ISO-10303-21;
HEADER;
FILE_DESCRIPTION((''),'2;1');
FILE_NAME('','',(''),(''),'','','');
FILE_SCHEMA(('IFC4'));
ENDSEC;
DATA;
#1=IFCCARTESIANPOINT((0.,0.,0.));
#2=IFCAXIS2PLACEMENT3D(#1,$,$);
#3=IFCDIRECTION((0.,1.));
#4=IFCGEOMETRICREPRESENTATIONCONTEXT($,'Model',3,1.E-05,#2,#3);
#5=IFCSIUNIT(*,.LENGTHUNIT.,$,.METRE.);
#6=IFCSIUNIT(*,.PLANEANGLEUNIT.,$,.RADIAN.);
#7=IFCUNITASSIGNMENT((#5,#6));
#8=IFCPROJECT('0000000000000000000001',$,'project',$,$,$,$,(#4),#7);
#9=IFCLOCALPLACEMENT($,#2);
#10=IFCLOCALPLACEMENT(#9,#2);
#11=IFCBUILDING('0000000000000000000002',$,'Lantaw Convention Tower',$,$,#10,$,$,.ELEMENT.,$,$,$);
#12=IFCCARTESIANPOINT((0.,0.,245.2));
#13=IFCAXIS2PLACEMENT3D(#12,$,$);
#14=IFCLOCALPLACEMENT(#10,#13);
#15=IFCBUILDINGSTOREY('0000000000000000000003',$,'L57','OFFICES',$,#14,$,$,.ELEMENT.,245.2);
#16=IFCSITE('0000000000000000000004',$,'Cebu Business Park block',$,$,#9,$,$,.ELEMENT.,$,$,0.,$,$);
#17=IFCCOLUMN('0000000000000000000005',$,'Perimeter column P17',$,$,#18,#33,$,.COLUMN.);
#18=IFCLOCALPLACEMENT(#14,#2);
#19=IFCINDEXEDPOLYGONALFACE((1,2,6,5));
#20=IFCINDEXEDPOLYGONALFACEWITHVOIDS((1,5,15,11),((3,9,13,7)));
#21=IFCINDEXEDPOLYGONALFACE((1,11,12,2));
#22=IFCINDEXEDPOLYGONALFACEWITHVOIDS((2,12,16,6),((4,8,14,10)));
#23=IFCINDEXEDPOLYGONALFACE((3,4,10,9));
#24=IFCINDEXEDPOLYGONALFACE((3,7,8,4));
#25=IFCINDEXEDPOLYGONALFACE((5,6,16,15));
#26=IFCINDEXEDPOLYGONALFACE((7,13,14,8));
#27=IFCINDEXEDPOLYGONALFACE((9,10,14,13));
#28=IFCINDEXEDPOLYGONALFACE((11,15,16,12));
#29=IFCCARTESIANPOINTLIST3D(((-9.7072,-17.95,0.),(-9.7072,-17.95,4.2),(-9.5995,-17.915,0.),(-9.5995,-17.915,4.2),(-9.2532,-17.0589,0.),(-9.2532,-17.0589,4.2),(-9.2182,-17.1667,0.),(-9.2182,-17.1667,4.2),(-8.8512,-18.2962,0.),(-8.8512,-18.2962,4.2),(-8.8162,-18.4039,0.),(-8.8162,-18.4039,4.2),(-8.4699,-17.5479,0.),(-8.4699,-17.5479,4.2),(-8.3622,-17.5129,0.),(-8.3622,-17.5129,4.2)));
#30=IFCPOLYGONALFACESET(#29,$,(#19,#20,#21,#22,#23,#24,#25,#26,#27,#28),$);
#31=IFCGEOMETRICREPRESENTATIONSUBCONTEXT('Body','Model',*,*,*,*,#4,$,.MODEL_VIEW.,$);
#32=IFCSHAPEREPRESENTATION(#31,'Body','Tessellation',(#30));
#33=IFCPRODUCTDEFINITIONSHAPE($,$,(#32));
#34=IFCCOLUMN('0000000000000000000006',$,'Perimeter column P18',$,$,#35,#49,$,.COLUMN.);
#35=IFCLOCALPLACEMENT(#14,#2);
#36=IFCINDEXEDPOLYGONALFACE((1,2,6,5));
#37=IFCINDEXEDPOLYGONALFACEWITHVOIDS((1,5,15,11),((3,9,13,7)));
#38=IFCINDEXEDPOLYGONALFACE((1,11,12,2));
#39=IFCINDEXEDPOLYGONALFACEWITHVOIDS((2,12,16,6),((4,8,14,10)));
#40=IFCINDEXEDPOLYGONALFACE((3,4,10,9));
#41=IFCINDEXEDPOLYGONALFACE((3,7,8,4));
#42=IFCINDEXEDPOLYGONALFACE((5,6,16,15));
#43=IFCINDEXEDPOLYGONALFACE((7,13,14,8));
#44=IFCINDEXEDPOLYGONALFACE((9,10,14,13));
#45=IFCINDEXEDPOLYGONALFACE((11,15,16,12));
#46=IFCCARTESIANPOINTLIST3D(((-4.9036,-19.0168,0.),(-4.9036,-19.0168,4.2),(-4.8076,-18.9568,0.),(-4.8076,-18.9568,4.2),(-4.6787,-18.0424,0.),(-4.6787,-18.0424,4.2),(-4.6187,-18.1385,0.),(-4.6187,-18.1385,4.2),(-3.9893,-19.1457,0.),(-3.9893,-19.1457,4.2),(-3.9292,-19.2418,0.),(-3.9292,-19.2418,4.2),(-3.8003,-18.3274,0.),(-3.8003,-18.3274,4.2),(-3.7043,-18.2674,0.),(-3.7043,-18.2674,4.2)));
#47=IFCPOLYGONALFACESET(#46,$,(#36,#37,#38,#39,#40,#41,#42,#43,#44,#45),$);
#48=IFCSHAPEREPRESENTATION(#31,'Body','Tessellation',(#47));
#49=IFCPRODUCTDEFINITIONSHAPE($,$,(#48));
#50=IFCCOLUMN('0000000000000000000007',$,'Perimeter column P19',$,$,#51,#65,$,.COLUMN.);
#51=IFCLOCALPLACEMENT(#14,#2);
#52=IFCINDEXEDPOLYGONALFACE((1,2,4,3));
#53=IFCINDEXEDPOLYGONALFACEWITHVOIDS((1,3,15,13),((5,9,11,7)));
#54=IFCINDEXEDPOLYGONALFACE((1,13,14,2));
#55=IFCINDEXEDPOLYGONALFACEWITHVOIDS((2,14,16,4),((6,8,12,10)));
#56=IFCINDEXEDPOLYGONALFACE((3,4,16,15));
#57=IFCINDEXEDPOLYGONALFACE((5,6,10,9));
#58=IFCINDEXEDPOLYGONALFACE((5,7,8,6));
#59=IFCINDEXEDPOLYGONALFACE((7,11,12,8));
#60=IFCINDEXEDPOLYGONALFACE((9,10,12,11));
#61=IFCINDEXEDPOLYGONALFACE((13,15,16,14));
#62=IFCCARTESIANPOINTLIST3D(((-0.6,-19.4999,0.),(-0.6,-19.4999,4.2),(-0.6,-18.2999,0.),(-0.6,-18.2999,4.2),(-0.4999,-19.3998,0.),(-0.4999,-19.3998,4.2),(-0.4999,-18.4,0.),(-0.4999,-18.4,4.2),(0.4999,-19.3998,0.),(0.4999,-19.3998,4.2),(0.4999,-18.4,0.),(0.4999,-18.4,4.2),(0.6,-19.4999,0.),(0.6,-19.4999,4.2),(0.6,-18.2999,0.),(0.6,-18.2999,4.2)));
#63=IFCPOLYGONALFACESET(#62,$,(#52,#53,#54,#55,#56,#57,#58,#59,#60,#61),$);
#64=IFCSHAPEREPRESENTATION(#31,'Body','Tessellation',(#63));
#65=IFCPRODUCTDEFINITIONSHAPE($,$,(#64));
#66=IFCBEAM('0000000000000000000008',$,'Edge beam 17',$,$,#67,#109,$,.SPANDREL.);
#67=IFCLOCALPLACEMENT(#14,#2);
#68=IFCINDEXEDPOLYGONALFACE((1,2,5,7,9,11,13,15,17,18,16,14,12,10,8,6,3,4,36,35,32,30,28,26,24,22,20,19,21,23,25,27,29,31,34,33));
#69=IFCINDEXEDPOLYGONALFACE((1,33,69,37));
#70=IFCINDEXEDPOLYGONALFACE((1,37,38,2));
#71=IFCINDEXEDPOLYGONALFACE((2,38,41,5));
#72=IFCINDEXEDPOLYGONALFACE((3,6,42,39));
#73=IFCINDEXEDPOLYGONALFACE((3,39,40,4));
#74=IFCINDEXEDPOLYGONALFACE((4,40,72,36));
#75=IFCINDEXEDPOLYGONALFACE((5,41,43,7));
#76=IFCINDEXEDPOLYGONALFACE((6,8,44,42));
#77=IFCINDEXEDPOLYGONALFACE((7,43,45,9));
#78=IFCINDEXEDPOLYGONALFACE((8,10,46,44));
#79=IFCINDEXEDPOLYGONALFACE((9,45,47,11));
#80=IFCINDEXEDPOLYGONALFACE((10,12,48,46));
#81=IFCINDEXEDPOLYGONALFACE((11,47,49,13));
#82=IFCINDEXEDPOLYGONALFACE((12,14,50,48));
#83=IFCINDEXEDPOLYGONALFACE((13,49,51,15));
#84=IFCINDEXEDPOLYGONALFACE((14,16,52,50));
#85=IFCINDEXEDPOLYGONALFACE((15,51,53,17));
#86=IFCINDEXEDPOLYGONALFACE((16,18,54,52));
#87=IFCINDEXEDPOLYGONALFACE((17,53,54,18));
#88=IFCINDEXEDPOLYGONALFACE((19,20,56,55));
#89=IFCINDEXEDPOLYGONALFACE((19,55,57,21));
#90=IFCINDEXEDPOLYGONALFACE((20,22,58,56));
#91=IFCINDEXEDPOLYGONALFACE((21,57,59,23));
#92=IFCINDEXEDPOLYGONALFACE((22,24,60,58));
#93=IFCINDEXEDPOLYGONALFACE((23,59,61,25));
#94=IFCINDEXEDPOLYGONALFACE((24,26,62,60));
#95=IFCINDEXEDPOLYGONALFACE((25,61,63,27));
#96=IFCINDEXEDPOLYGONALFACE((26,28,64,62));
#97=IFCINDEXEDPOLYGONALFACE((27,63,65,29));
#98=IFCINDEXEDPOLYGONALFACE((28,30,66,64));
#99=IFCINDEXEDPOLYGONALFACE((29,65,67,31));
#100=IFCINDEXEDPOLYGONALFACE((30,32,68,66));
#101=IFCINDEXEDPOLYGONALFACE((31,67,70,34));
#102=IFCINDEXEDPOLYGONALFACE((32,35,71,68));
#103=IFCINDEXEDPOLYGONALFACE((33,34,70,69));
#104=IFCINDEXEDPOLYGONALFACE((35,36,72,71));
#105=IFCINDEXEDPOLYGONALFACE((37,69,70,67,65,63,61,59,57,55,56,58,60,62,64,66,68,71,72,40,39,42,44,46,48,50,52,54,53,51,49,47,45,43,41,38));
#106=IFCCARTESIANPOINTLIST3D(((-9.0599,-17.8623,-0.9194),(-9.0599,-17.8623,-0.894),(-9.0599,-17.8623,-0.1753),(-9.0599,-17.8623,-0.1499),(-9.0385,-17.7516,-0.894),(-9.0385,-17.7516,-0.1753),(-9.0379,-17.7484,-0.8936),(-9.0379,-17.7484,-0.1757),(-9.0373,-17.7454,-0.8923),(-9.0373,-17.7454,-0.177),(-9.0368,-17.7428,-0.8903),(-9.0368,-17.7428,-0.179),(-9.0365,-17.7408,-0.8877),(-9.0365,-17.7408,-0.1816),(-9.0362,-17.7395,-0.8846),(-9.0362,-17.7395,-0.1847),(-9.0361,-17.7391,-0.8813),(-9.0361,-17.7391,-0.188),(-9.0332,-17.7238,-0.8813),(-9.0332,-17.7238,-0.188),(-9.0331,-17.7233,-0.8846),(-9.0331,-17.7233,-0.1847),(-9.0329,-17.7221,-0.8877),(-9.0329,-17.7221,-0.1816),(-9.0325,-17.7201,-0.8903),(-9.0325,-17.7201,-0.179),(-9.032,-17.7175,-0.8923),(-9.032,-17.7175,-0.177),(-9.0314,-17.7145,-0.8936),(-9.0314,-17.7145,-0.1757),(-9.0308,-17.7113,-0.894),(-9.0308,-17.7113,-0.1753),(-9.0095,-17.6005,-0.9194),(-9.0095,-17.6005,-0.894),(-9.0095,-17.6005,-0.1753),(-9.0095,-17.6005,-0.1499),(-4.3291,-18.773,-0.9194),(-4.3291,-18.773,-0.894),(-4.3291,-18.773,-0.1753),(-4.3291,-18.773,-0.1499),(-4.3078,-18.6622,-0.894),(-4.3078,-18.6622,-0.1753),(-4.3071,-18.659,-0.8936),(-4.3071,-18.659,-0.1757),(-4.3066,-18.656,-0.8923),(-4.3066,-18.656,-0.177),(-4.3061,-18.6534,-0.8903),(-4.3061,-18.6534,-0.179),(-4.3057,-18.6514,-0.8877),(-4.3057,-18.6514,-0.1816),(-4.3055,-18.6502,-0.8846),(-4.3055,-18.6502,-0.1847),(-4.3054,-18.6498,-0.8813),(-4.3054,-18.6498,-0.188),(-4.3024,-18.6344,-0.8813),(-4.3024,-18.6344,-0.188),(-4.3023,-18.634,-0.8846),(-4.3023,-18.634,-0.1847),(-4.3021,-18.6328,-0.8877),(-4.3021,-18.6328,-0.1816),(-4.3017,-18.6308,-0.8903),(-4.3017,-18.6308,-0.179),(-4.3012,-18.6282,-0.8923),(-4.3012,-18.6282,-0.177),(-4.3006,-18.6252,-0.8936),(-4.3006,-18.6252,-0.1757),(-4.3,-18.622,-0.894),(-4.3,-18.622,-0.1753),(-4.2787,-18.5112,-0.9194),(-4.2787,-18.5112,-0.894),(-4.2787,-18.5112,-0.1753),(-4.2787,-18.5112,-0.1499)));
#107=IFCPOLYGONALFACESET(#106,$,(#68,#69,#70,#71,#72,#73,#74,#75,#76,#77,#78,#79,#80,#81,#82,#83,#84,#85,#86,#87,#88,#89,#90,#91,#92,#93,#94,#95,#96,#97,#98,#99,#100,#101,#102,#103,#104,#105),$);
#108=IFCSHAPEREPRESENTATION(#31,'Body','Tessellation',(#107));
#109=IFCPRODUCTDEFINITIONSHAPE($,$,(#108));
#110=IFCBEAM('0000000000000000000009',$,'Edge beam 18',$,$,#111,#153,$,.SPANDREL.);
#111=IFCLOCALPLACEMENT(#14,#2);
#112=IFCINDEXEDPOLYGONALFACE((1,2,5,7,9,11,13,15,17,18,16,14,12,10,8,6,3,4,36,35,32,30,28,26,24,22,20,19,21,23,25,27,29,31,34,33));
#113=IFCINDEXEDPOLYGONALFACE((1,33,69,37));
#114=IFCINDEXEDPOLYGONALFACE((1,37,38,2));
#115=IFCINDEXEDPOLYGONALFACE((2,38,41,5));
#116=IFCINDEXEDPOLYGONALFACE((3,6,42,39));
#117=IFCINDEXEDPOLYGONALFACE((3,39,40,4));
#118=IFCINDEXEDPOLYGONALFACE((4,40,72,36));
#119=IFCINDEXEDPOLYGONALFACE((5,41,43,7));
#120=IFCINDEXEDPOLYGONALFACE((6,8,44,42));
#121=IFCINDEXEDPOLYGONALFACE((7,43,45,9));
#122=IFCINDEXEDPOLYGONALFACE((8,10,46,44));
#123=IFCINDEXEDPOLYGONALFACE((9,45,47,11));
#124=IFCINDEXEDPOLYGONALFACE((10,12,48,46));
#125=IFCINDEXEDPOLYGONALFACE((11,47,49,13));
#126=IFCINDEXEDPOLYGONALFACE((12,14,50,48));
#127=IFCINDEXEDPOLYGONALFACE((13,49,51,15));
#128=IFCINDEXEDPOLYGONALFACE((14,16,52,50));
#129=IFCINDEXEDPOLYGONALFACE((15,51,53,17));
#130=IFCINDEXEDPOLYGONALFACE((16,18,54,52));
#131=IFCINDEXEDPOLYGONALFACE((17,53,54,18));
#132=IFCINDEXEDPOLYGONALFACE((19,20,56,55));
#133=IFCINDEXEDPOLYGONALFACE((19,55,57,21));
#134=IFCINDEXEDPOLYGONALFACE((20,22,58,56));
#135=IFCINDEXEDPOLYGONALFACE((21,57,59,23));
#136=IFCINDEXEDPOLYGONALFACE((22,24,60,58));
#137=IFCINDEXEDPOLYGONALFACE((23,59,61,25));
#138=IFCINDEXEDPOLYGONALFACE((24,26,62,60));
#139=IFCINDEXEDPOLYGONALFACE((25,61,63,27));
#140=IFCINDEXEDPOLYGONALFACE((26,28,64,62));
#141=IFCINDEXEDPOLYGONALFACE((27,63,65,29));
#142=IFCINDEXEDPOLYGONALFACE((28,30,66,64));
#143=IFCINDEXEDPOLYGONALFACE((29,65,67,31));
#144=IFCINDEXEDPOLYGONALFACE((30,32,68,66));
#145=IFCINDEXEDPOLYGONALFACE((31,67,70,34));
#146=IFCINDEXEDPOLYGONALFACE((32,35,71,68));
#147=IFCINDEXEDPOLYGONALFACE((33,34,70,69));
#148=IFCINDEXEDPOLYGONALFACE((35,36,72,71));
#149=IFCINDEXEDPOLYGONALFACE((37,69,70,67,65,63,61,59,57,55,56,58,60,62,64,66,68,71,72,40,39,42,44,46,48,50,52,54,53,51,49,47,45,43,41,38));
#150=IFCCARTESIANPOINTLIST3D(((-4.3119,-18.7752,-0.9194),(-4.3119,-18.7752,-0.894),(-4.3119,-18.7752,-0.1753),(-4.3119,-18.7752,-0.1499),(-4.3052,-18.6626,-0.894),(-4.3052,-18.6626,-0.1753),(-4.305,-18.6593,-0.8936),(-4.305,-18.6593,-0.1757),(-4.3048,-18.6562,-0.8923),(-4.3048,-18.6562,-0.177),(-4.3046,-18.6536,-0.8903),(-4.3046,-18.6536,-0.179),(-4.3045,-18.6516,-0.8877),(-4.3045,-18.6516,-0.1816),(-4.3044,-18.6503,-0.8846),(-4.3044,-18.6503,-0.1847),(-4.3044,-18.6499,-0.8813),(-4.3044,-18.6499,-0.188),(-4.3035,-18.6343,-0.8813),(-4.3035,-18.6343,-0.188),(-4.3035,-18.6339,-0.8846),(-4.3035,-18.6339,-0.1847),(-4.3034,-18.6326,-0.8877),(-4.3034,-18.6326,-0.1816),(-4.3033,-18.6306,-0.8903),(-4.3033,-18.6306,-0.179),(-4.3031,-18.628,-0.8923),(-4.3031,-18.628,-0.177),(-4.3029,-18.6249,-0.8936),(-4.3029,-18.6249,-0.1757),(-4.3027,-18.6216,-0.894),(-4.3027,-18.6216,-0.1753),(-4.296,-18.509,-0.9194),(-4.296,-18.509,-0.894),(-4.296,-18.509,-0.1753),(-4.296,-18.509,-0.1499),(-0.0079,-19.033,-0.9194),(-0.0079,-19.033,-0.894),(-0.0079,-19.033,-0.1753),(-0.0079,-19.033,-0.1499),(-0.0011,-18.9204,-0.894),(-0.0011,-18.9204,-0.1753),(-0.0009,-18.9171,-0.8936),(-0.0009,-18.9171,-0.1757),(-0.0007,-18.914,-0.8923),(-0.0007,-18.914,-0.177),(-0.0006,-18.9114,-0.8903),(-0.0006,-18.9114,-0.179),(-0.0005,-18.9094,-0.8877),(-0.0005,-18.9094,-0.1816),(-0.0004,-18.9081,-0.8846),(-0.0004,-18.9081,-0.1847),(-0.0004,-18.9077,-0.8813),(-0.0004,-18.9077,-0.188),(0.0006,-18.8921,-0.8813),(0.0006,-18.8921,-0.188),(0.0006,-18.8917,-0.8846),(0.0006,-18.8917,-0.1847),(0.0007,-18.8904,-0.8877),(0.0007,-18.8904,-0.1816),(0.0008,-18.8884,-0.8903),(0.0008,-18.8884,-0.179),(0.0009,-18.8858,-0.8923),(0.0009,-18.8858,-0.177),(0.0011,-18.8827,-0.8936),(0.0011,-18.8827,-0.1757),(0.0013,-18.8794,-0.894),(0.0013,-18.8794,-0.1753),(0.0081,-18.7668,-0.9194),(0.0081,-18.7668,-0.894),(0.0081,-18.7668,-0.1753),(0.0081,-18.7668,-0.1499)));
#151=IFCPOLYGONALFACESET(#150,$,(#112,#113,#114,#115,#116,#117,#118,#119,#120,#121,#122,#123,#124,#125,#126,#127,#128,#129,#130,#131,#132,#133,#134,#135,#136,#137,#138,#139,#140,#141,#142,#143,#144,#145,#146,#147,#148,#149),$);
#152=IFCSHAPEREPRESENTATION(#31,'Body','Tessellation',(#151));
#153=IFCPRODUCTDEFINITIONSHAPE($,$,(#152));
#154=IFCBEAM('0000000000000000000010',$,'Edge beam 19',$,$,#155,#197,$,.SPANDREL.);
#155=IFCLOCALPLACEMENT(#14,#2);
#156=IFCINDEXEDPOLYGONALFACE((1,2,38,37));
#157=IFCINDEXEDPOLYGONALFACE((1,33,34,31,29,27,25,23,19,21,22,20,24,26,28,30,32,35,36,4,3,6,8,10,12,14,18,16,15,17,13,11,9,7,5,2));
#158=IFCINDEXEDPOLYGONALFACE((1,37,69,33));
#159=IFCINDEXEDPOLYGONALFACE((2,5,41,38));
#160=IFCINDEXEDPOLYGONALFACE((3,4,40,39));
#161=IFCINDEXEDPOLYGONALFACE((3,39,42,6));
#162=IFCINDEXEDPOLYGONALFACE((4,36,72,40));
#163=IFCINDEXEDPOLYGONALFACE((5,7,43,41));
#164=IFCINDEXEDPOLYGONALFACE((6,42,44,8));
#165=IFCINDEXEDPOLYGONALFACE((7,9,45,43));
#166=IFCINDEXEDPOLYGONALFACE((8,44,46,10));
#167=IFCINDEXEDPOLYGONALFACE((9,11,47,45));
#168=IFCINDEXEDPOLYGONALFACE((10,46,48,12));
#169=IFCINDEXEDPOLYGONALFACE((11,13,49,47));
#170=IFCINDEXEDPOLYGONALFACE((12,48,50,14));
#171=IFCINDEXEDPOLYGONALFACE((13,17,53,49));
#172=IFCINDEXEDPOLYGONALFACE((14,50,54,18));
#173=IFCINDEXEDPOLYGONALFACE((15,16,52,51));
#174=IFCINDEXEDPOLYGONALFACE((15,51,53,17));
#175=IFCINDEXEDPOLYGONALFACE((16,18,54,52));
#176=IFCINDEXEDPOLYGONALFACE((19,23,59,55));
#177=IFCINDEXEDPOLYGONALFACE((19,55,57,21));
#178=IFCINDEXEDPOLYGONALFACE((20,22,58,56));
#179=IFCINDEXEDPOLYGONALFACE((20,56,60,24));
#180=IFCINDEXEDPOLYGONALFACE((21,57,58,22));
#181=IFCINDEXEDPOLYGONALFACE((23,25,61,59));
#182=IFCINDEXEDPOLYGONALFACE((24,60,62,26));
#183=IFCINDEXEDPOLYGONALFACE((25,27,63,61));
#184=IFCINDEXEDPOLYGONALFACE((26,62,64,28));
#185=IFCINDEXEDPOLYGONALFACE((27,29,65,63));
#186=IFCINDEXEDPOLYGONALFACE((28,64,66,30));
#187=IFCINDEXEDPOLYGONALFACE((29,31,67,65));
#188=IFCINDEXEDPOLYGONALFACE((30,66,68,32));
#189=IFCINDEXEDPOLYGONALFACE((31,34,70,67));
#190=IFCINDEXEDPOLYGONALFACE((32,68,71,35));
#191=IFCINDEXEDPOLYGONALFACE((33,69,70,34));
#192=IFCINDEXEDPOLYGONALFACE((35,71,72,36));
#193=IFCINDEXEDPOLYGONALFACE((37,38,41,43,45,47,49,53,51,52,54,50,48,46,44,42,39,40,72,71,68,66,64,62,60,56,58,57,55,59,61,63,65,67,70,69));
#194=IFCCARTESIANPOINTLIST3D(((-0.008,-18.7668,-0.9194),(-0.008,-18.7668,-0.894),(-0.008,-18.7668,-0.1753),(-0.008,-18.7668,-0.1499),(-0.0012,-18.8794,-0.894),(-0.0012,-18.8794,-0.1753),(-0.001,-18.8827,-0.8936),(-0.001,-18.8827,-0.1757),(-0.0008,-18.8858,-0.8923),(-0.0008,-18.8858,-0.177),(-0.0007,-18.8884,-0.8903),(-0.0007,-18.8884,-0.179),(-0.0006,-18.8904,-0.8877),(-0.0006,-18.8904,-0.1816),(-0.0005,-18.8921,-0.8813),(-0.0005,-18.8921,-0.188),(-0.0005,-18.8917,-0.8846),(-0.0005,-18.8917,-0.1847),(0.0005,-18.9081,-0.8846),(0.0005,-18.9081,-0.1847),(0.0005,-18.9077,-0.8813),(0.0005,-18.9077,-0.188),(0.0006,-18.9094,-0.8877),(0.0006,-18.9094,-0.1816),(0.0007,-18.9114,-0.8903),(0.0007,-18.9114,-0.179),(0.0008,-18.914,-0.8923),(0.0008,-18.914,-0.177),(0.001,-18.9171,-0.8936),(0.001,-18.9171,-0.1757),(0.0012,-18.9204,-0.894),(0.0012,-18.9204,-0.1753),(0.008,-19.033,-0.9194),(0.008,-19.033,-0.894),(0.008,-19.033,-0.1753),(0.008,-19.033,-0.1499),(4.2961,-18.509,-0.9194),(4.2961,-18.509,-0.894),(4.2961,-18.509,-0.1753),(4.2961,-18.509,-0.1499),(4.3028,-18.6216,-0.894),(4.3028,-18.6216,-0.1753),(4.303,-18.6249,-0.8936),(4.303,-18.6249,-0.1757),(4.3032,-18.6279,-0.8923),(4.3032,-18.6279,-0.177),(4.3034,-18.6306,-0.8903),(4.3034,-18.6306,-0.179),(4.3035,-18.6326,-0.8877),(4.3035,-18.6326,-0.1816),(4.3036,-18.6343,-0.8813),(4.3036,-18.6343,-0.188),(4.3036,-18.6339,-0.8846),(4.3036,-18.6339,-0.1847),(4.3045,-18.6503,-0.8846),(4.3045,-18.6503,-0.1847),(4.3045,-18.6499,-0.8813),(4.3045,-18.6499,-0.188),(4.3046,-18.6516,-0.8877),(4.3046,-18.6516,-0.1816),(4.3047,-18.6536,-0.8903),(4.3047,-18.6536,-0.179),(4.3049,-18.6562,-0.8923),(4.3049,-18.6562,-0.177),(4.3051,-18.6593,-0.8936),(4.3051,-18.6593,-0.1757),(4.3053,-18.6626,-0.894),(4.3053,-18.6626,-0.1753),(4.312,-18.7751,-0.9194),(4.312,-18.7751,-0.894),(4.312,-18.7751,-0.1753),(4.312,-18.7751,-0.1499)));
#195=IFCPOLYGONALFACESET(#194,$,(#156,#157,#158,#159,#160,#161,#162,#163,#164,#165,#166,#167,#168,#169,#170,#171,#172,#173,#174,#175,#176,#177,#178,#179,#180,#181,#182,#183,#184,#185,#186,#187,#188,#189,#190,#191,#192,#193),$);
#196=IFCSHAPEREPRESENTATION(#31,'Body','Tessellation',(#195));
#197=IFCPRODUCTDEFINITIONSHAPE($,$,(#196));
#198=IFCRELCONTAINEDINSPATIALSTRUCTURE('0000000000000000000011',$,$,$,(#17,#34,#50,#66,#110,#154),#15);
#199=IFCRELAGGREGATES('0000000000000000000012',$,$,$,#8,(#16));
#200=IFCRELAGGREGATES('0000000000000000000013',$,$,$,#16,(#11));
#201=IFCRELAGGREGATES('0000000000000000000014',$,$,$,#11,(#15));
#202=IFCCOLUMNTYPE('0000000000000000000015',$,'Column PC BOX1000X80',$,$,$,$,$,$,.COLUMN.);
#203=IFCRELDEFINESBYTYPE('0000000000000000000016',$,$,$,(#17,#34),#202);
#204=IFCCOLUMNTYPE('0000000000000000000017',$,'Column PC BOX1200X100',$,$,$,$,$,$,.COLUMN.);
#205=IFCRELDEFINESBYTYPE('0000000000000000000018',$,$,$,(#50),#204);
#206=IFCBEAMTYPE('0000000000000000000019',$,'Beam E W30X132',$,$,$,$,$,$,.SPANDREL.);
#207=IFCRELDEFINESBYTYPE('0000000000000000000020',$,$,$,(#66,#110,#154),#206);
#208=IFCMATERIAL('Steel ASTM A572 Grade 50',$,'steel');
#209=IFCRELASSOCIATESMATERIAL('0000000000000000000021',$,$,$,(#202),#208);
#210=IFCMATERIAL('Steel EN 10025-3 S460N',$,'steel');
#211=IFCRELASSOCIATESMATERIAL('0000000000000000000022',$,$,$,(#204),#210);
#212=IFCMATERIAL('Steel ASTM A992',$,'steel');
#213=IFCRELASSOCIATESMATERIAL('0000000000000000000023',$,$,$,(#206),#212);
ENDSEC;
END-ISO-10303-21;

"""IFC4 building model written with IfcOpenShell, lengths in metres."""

from ifc_helpers import new_model, si_unit, direction, frame, origin, origin_2d, place, context, subcontext, project, spatial, rectangle, hollow_rectangle, i_section, extrude, material, material_profile, profile_set, type_object, element, save


model = new_model("IFC4")

# Units and contexts
model_context = context("Model", 3, precision=1e-05, world=origin(), true_north=direction((0.0, 1.0)))
body_context = subcontext(model_context, "Body", "Model", "MODEL_VIEW")
ifc_project = project(units=[si_unit("LENGTHUNIT", "METRE"), si_unit("PLANEANGLEUNIT", "RADIAN")], contexts=[model_context])

# Site, building, storey
site_placement = place(None, origin())
site = spatial("IfcSite", under=ifc_project, at=site_placement, Name="Cebu Business Park block", CompositionType="ELEMENT", RefElevation=0.0)
building_placement = place(site_placement, origin())
building = spatial("IfcBuilding", under=site, at=building_placement, Name="Lantaw Convention Tower", CompositionType="ELEMENT")
storey_placement = place(building_placement, frame((0.0, 0.0, 245.2)))
storey = spatial("IfcBuildingStorey", under=building, at=storey_placement, Name="L57", Description="OFFICES", CompositionType="ELEMENT", Elevation=245.2)

# Columns
ifc_material_1 = material(Name="Steel ASTM A572 Grade 50", Category="steel")
ifc_material_profile_1 = material_profile(ifc_material_1, hollow_rectangle(XDim=1.0, YDim=1.0, WallThickness=0.0801, at=origin_2d()), Name="BOX1000X80")
ifc_material_2 = material(Name="Concrete C60/75", Category="concrete")
ifc_material_profile_2 = material_profile(ifc_material_2, rectangle(XDim=0.8401, YDim=0.8401, at=origin_2d()), Name="Concrete fill of BOX1000X80")
ifc_profile_set_1 = profile_set([ifc_material_profile_1, ifc_material_profile_2], Name="Steel ASTM A572 Grade 50")
column_type_1 = type_object("IfcColumnType", Name="Column PC BOX1000X80", PredefinedType="COLUMN", material=ifc_profile_set_1)
for number, where, z_axis, x_axis, name in (
    (1, (-9.0347, -17.7314, 0.0), (0.0, 0.0, 1.0), (0.45399, 0.891007, 0.0), "Perimeter column P17"),
    (2, (-4.304, -18.6421, 0.0), (0.0, 0.0, 1.0), (0.224951, 0.97437, 0.0), "Perimeter column P18"),
):
    element("IfcColumn", number, at=place(storey_placement, frame(where, z_axis=z_axis, x_axis=x_axis)), inside=storey, type_object=column_type_1, Name=name, PredefinedType="COLUMN", context=body_context, shape_type="SweptSolid", body=[
        extrude(hollow_rectangle(XDim=1.0, YDim=1.0, WallThickness=0.0801, at=origin_2d()), origin(), (0.0, 0.0, 1.0), 4.2),
    ])
ifc_material_3 = material(Name="Steel EN 10025-3 S460N", Category="steel")
ifc_material_profile_3 = material_profile(ifc_material_3, hollow_rectangle(XDim=1.2, YDim=1.2, WallThickness=0.1001, at=origin_2d()), Name="BOX1200X100")
ifc_material_profile_4 = material_profile(ifc_material_2, rectangle(XDim=1.0, YDim=1.0, at=origin_2d()), Name="Concrete fill of BOX1200X100")
ifc_profile_set_2 = profile_set([ifc_material_profile_3, ifc_material_profile_4], Name="Steel EN 10025-3 S460N")
column_type_2 = type_object("IfcColumnType", Name="Column PC BOX1200X100", PredefinedType="COLUMN", material=ifc_profile_set_2)
column_placement = place(storey_placement, frame((0.0, -18.8999, 0.0), z_axis=(0.0, 0.0, 1.0), x_axis=(1.0, 0.0, 0.0)))
element("IfcColumn", 3, at=column_placement, inside=storey, type_object=column_type_2, Name="Perimeter column P19", PredefinedType="COLUMN", context=body_context, shape_type="SweptSolid", body=[
    extrude(hollow_rectangle(XDim=1.2, YDim=1.2, WallThickness=0.1001, at=origin_2d()), origin(), (0.0, 0.0, 1.0), 4.2),
])

# Beams
ifc_material_4 = material(Name="Steel ASTM A992", Category="steel")
ifc_material_profile_5 = material_profile(ifc_material_4, i_section(OverallWidth=0.2666, OverallDepth=0.7695, WebThickness=0.0156, FlangeThickness=0.0254, FilletRadius=0.0127, at=origin_2d()), Name="W30X132")
ifc_profile_set_3 = profile_set([ifc_material_profile_5], Name="Steel ASTM A992")
beam_type_1 = type_object("IfcBeamType", Name="Beam E W30X132", PredefinedType="SPANDREL", material=ifc_profile_set_3)
beam_1_placement = place(storey_placement, frame((-9.0347, -17.7314, -0.5347), z_axis=(0.981972, -0.189026, 0.0), x_axis=(0.189026, 0.981972, 0.0)))
element("IfcBeam", 4, at=beam_1_placement, inside=storey, type_object=beam_type_1, Name="Edge beam 17", PredefinedType="SPANDREL", context=body_context, shape_type="SweptSolid", body=[
    extrude(i_section(OverallWidth=0.2666, OverallDepth=0.7695, WebThickness=0.0156, FlangeThickness=0.0254, FilletRadius=0.0127, at=origin_2d()), origin(), (0.0, 0.0, 1.0), 4.8176),
])
for number, where, z_axis, x_axis, name in (
    (5, (-4.304, -18.6421, -0.5347), (0.998211, -0.059794, 0.0), (0.059794, 0.998211, 0.0), "Edge beam 18"),
    (6, (0.0, -18.8999, -0.5347), (0.998211, 0.059794, 0.0), (-0.059794, 0.998211, 0.0), "Edge beam 19"),
):
    element("IfcBeam", number, at=place(storey_placement, frame(where, z_axis=z_axis, x_axis=x_axis)), inside=storey, type_object=beam_type_1, Name=name, PredefinedType="SPANDREL", context=body_context, shape_type="SweptSolid", body=[
        extrude(i_section(OverallWidth=0.2666, OverallDepth=0.7695, WebThickness=0.0156, FlangeThickness=0.0254, FilletRadius=0.0127, at=origin_2d()), origin(), (0.0, 0.0, 1.0), 4.3118),
    ])

save(model, "model.ifc")
